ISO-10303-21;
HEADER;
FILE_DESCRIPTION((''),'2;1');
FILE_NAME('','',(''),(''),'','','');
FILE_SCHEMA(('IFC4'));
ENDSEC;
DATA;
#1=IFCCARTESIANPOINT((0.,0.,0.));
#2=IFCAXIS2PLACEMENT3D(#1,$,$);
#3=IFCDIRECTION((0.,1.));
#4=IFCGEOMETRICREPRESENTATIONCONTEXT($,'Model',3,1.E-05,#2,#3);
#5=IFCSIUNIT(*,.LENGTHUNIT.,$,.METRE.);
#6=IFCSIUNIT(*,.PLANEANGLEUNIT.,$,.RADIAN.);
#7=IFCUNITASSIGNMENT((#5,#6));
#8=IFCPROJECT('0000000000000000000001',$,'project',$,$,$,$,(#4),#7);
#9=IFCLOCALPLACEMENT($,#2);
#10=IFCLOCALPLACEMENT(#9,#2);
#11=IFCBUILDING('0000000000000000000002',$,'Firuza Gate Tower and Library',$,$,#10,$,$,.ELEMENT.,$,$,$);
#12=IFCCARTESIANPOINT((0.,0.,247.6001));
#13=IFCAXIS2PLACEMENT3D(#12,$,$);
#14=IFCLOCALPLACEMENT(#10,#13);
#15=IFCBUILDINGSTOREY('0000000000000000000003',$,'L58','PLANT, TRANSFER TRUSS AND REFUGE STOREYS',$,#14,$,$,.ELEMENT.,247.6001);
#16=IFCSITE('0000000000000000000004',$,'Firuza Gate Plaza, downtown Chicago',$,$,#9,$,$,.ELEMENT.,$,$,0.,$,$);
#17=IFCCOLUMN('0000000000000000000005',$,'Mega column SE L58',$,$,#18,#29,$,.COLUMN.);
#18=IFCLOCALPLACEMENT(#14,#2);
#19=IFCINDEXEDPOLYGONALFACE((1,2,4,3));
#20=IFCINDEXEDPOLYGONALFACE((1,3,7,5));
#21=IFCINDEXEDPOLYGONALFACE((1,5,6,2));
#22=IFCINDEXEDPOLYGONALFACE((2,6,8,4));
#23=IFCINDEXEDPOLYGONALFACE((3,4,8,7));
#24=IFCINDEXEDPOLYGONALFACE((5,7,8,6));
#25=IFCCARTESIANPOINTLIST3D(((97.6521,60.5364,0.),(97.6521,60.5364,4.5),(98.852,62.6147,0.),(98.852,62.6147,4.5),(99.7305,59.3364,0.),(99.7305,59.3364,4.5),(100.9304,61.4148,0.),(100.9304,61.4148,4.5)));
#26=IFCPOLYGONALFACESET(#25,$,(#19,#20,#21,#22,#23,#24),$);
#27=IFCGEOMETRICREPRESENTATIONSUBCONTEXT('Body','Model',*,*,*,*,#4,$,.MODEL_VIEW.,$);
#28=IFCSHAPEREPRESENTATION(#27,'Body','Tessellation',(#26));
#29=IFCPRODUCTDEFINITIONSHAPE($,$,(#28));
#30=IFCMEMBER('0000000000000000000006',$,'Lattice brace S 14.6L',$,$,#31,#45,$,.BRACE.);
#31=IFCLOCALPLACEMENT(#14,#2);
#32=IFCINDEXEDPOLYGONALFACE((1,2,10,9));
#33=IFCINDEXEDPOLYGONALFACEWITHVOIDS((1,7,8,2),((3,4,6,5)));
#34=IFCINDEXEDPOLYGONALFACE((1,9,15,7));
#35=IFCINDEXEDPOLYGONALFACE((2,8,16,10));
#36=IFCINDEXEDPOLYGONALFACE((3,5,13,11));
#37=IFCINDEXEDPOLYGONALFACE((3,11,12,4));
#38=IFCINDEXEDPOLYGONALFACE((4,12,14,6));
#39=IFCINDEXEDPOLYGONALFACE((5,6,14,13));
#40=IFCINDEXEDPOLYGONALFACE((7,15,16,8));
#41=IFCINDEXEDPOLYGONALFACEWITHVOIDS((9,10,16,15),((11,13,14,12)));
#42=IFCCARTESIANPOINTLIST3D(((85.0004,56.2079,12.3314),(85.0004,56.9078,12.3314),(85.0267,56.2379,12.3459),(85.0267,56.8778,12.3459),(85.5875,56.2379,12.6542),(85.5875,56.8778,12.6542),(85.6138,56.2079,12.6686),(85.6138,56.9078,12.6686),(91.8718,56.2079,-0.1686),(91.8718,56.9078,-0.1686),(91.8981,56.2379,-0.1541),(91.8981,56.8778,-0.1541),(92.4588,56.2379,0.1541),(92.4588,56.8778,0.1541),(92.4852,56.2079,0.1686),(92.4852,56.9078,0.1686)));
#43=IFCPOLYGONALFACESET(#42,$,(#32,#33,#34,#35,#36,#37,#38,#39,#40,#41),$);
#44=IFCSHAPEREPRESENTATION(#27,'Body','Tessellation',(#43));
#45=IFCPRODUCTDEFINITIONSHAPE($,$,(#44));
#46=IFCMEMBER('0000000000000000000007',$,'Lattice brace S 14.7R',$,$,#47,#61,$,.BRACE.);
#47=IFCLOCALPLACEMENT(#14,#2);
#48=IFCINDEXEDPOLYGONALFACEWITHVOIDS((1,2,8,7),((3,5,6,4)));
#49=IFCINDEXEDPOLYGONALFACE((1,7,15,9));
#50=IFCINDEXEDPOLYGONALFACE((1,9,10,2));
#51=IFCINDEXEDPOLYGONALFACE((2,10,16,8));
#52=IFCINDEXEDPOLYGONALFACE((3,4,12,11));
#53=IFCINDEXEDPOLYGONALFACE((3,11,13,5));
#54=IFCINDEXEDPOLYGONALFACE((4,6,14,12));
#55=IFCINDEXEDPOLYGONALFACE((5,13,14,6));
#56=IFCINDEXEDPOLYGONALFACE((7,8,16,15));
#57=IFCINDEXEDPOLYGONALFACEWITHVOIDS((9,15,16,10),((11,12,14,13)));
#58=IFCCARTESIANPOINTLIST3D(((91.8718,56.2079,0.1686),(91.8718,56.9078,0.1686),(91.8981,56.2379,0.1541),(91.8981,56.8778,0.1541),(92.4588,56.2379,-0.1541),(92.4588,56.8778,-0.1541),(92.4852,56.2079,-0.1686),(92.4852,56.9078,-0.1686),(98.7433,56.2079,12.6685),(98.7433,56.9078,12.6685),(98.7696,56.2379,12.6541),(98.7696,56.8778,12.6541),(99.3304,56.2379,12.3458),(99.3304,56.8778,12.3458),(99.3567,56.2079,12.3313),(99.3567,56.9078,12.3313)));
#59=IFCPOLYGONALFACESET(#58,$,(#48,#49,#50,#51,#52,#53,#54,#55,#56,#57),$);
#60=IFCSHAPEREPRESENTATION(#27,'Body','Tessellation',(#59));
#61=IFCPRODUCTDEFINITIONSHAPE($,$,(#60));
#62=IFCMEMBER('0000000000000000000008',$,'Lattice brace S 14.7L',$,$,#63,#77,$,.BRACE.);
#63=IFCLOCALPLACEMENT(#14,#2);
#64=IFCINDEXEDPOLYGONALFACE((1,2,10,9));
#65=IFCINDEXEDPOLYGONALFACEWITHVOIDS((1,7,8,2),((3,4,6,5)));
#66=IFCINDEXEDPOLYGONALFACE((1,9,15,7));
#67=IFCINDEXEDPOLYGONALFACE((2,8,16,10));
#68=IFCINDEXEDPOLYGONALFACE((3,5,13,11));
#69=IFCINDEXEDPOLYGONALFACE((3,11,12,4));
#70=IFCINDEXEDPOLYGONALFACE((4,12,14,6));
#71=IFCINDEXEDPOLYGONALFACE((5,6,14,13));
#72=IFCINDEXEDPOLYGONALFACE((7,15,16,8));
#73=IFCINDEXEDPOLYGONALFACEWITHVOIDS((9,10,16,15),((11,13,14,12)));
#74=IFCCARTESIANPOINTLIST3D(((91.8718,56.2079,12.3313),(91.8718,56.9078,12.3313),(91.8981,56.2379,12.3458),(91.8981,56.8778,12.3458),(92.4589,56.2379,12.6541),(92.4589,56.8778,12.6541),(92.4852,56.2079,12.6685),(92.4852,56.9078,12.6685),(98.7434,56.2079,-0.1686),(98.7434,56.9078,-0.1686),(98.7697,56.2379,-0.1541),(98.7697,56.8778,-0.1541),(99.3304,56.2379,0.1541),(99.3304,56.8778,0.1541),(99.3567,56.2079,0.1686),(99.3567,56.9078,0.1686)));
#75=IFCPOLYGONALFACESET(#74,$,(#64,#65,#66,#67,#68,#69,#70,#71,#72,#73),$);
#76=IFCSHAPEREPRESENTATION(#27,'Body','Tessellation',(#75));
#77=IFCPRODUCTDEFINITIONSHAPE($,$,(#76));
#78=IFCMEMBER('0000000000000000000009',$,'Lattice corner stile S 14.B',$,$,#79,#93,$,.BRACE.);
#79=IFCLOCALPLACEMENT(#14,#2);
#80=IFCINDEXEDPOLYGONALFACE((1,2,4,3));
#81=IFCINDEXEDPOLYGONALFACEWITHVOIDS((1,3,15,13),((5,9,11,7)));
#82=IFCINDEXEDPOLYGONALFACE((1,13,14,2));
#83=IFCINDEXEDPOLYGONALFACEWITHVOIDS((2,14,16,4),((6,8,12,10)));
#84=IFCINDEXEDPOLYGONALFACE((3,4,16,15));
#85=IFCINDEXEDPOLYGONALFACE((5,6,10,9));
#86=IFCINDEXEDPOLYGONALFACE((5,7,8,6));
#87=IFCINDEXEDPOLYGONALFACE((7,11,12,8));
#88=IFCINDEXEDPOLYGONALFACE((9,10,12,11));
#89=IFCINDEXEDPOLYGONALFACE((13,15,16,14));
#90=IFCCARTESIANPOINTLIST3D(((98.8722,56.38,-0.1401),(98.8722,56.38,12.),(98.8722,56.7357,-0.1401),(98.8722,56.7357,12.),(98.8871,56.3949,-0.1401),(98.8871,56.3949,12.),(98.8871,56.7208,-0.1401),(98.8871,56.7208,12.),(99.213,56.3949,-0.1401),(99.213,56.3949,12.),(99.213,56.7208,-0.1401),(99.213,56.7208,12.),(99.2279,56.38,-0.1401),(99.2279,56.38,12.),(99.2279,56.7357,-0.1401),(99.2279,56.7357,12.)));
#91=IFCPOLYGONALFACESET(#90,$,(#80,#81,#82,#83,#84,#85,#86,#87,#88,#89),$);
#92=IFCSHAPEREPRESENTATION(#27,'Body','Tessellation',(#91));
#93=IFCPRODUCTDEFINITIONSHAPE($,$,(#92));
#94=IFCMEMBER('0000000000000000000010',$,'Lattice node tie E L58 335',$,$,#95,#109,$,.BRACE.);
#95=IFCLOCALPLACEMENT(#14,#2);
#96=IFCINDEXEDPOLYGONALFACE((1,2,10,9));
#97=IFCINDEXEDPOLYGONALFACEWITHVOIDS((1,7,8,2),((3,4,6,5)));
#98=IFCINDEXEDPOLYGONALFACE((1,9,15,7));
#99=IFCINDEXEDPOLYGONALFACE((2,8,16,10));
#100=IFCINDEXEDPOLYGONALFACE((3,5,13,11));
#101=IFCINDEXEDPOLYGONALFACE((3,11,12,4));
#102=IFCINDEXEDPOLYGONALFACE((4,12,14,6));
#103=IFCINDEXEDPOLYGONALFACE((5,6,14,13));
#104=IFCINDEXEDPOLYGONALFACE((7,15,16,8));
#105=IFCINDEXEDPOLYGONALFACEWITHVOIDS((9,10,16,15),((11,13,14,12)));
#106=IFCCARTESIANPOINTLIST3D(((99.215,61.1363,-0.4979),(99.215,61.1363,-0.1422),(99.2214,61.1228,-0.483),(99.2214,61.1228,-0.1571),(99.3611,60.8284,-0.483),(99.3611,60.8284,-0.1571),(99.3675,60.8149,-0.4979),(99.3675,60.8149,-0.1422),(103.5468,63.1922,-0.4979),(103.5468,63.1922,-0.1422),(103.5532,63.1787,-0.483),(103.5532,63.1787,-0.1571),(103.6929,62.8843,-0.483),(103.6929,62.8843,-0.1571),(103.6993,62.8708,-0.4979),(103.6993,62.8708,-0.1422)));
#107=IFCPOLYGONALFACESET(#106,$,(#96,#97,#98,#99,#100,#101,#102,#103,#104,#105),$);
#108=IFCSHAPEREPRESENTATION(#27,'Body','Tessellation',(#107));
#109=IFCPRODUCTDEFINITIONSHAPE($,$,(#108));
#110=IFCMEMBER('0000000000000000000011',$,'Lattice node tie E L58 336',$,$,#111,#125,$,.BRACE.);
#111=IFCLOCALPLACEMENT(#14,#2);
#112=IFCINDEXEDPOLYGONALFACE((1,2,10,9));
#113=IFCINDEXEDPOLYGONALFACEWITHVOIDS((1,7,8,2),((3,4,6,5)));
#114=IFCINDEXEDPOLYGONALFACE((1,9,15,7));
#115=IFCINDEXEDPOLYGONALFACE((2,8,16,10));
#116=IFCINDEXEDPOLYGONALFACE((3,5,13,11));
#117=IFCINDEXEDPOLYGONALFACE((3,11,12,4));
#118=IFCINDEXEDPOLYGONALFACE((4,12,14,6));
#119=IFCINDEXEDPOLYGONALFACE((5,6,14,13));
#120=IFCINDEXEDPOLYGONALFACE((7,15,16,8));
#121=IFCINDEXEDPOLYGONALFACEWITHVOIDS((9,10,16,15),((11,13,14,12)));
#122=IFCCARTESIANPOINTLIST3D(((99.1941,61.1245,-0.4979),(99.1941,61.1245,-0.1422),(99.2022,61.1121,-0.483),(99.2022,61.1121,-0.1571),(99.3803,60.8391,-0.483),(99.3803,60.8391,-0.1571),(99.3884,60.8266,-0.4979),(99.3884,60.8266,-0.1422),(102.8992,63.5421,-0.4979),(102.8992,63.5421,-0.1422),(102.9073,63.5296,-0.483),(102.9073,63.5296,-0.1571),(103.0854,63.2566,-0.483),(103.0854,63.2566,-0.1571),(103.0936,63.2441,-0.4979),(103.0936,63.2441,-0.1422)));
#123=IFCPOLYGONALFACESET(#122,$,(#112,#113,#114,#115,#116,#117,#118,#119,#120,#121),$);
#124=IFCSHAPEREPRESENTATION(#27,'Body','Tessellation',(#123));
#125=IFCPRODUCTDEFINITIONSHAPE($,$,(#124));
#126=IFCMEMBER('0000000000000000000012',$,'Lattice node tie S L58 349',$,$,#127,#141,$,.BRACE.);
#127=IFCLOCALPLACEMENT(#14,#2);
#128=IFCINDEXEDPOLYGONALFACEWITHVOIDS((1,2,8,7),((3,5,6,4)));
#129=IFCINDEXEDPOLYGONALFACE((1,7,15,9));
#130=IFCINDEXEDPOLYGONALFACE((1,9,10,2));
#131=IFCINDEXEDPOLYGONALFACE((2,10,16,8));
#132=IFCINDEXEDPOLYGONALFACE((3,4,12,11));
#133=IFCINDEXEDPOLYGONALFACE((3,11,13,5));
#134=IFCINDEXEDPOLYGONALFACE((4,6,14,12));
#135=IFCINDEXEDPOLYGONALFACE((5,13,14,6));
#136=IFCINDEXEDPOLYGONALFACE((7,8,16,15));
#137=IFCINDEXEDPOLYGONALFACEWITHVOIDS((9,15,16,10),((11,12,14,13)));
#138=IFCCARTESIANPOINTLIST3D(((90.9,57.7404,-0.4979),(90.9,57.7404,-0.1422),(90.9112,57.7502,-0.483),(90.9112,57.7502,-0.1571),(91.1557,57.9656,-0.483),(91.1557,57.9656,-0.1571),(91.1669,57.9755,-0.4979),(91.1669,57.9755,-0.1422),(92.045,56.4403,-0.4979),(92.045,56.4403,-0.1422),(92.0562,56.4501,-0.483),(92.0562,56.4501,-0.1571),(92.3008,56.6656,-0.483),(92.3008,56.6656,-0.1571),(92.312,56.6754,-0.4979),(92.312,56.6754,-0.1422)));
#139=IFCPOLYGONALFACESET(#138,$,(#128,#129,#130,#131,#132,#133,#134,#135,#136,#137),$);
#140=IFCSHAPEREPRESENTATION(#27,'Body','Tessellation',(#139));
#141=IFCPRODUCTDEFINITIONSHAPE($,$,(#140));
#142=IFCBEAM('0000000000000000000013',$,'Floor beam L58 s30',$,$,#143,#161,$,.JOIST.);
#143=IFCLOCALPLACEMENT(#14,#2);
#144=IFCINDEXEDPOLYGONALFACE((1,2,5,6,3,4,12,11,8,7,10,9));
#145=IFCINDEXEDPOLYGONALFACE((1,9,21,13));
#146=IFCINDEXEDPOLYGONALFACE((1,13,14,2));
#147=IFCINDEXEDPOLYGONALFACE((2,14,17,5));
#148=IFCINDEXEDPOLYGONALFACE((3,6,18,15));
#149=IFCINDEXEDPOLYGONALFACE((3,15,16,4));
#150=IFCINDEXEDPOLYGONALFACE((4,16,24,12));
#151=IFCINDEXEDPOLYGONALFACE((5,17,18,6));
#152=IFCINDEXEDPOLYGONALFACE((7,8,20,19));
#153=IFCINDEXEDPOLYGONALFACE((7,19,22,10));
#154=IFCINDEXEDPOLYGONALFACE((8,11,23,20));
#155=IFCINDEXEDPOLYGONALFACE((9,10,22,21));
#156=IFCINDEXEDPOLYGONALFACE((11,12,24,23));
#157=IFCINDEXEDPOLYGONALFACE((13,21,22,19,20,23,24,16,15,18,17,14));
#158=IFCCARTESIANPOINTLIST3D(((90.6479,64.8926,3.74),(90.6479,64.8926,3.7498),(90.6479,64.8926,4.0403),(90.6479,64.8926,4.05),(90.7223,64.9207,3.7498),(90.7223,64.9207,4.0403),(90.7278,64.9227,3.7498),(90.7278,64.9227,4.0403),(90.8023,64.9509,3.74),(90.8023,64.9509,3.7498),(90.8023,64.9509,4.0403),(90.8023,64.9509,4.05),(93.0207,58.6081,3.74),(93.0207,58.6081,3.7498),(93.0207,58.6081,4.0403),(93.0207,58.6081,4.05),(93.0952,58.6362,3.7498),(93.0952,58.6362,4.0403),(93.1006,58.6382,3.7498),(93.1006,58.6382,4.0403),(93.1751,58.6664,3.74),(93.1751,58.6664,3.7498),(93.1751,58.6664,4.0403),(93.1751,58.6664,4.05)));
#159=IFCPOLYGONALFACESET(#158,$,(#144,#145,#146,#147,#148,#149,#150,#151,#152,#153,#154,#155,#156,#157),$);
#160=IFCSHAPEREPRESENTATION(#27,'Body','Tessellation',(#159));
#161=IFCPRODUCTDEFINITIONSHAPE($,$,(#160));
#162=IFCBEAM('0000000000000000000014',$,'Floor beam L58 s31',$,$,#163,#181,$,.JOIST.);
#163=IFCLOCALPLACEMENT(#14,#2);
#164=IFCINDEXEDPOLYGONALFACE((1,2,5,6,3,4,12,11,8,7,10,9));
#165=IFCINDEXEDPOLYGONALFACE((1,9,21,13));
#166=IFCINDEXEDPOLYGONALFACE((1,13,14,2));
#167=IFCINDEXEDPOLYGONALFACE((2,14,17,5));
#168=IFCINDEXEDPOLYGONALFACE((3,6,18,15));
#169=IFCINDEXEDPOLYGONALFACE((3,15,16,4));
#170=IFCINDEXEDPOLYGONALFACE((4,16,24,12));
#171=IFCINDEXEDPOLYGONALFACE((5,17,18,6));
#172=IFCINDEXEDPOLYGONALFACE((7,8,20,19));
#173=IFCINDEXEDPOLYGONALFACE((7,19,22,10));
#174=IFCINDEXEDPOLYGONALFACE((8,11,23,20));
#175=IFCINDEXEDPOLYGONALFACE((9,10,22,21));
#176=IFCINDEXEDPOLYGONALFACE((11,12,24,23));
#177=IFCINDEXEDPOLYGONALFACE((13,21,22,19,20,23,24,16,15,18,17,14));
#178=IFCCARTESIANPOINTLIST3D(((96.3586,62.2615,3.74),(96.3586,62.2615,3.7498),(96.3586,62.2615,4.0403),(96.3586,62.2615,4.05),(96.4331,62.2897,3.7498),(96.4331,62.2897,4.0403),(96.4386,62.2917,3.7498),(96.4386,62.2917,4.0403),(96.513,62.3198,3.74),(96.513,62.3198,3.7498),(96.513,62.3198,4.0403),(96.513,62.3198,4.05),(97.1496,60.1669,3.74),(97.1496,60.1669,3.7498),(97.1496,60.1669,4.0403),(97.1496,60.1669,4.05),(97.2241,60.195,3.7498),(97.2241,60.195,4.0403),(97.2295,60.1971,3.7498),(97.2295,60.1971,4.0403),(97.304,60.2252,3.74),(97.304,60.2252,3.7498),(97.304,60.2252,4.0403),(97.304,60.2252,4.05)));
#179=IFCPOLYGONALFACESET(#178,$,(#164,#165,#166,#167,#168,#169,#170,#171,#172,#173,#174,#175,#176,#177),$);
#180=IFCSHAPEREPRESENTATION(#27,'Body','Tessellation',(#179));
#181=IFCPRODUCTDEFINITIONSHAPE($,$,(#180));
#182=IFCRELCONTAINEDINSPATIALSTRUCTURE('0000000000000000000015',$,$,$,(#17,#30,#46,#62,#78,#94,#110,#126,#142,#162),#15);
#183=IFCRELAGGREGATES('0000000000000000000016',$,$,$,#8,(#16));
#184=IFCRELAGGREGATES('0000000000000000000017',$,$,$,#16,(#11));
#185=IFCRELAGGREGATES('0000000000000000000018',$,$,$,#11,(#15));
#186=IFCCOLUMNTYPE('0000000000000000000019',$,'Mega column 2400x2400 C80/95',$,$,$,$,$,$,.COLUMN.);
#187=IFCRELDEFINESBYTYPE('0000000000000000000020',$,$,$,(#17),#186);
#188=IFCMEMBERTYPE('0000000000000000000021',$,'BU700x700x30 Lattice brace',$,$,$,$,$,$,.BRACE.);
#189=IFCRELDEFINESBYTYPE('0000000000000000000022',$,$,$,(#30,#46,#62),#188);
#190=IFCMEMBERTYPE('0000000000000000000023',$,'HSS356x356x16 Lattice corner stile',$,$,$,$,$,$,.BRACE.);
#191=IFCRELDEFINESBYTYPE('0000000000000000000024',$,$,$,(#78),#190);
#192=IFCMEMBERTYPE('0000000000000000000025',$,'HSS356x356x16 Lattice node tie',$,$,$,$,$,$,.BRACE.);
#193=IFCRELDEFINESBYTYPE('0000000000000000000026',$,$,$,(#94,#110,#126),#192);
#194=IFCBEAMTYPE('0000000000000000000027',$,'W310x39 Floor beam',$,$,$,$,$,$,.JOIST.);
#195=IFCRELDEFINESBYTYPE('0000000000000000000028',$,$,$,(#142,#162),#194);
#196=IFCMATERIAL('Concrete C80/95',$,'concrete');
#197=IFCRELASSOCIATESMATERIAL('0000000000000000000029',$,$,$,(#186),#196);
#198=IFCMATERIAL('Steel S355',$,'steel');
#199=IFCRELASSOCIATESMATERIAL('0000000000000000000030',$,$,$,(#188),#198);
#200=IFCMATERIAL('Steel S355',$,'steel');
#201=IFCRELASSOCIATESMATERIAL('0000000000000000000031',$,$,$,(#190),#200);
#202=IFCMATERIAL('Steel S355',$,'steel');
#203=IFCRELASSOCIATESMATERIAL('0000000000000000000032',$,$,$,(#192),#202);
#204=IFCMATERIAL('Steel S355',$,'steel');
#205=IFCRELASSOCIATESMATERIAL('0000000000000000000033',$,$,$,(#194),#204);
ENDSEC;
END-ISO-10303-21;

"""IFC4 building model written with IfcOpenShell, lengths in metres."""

from ifc_helpers import new_model, si_unit, direction, frame, origin, origin_2d, place, context, subcontext, project, spatial, rectangle, hollow_rectangle, i_section, extrude, material, material_profile, profile_set, type_object, element, save


model = new_model("IFC4")

# Units and contexts
model_context = context("Model", 3, precision=1e-05, world=origin(), true_north=direction((0.0, 1.0)))
body_context = subcontext(model_context, "Body", "Model", "MODEL_VIEW")
ifc_project = project(units=[si_unit("LENGTHUNIT", "METRE"), si_unit("PLANEANGLEUNIT", "RADIAN")], contexts=[model_context])

# Site, building, storey
site_placement = place(None, origin())
site = spatial("IfcSite", under=ifc_project, at=site_placement, Name="Firuza Gate Plaza, downtown Chicago", CompositionType="ELEMENT", RefElevation=0.0)
building_placement = place(site_placement, origin())
building = spatial("IfcBuilding", under=site, at=building_placement, Name="Firuza Gate Tower and Library", CompositionType="ELEMENT")
storey_placement = place(building_placement, frame((0.0, 0.0, 247.6001)))
storey = spatial("IfcBuildingStorey", under=building, at=storey_placement, Name="L58", Description="PLANT, TRANSFER TRUSS AND REFUGE STOREYS", CompositionType="ELEMENT", Elevation=247.6001)

# Column
ifc_material_1 = material(Name="Concrete C80/95", Category="concrete")
ifc_material_profile_1 = material_profile(ifc_material_1, rectangle(XDim=2.3999, YDim=2.3999, at=origin_2d()))
ifc_profile_set_1 = profile_set([ifc_material_profile_1], Name="Concrete C80/95")
column_type = type_object("IfcColumnType", Name="Mega column 2400x2400 C80/95", PredefinedType="COLUMN", material=ifc_profile_set_1)
column_placement = place(storey_placement, frame((99.2913, 60.9756, 0.0), z_axis=(0.0, 0.0, 1.0), x_axis=(0.5, 0.866025, 0.0)))
element("IfcColumn", 1, at=column_placement, inside=storey, type_object=column_type, Name="Mega column SE L58", PredefinedType="COLUMN", context=body_context, shape_type="SweptSolid", body=[
    extrude(rectangle(XDim=2.3999, YDim=2.3999, at=origin_2d()), origin(), (0.0, 0.0, 1.0), 4.5),
])

# Members
ifc_material_2 = material(Name="Steel S355", Category="steel")
ifc_material_profile_2 = material_profile(ifc_material_2, hollow_rectangle(XDim=0.7, YDim=0.7, WallThickness=0.03, at=origin_2d()))
ifc_profile_set_2 = profile_set([ifc_material_profile_2], Name="Steel S355")
member_type_1 = type_object("IfcMemberType", Name="BU700x700x30 Lattice brace", PredefinedType="BRACE", material=ifc_profile_set_2)
for number, where, z_axis, x_axis, name in (
    (2, (92.1785, 56.5579, 0.0), (-0.481722, 0.0, 0.876324), (0.0, -1.0, 0.0), "Lattice brace S 14.6L"),
    (3, (92.1785, 56.5579, 0.0), (0.481735, 0.0, 0.876317), (0.0, 1.0, 0.0), "Lattice brace S 14.7R"),
    (4, (99.05, 56.5579, 0.0), (-0.481735, 0.0, 0.876317), (0.0, -1.0, 0.0), "Lattice brace S 14.7L"),
):
    element("IfcMember", number, at=place(storey_placement, frame(where, z_axis=z_axis, x_axis=x_axis)), inside=storey, type_object=member_type_1, Name=name, PredefinedType="BRACE", context=body_context, shape_type="SweptSolid", body=[
        extrude(hollow_rectangle(XDim=0.7, YDim=0.7, WallThickness=0.03, at=origin_2d()), origin(), (0.0, 0.0, 1.0), 14.2642),
    ])
ifc_material_3 = material(Name="Steel S355", Category="steel")
ifc_material_profile_3 = material_profile(ifc_material_3, hollow_rectangle(XDim=0.3557, YDim=0.3557, WallThickness=0.0149, at=origin_2d()))
ifc_profile_set_3 = profile_set([ifc_material_profile_3], Name="Steel S355")
member_type_2 = type_object("IfcMemberType", Name="HSS356x356x16 Lattice corner stile", PredefinedType="BRACE", material=ifc_profile_set_3)
member_1_placement = place(storey_placement, frame((99.05, 56.5579, -0.1401), z_axis=(0.0, 0.0, 1.0), x_axis=(1.0, 0.0, 0.0)))
element("IfcMember", 5, at=member_1_placement, inside=storey, type_object=member_type_2, Name="Lattice corner stile S 14.B", PredefinedType="BRACE", context=body_context, shape_type="SweptSolid", body=[
    extrude(hollow_rectangle(XDim=0.3557, YDim=0.3557, WallThickness=0.0149, at=origin_2d()), origin(), (0.0, 0.0, 1.0), 12.1401),
])
ifc_material_4 = material(Name="Steel S355", Category="steel")
ifc_material_profile_4 = material_profile(ifc_material_4, hollow_rectangle(XDim=0.3557, YDim=0.3557, WallThickness=0.0149, at=origin_2d()))
ifc_profile_set_4 = profile_set([ifc_material_profile_4], Name="Steel S355")
member_type_3 = type_object("IfcMemberType", Name="HSS356x356x16 Lattice node tie", PredefinedType="BRACE", material=ifc_profile_set_4)
member_2_placement = place(storey_placement, frame((99.2913, 60.9756, -0.3201), z_axis=(0.903414, 0.428769, 0.0), x_axis=(-0.428769, 0.903414, 0.0)))
element("IfcMember", 6, at=member_2_placement, inside=storey, type_object=member_type_3, Name="Lattice node tie E L58 335", PredefinedType="BRACE", context=body_context, shape_type="SweptSolid", body=[
    extrude(hollow_rectangle(XDim=0.3557, YDim=0.3557, WallThickness=0.0149, at=origin_2d()), origin(), (0.0, 0.0, 1.0), 4.7949),
])
member_3_placement = place(storey_placement, frame((99.2913, 60.9756, -0.3201), z_axis=(0.837494, 0.546446, 0.0), x_axis=(-0.546446, 0.837494, 0.0)))
element("IfcMember", 7, at=member_3_placement, inside=storey, type_object=member_type_3, Name="Lattice node tie E L58 336", PredefinedType="BRACE", context=body_context, shape_type="SweptSolid", body=[
    extrude(hollow_rectangle(XDim=0.3557, YDim=0.3557, WallThickness=0.0149, at=origin_2d()), origin(), (0.0, 0.0, 1.0), 4.4241),
])
member_4_placement = place(storey_placement, frame((91.0334, 57.8579, -0.3201), z_axis=(0.660946, -0.750434, 0.0), x_axis=(0.750434, 0.660946, 0.0)))
element("IfcMember", 8, at=member_4_placement, inside=storey, type_object=member_type_3, Name="Lattice node tie S L58 349", PredefinedType="BRACE", context=body_context, shape_type="SweptSolid", body=[
    extrude(hollow_rectangle(XDim=0.3557, YDim=0.3557, WallThickness=0.0149, at=origin_2d()), origin(), (0.0, 0.0, 1.0), 1.7324),
])

# Beams
ifc_material_5 = material(Name="Steel S355", Category="steel")
ifc_material_profile_5 = material_profile(ifc_material_5, i_section(OverallWidth=0.165, OverallDepth=0.3101, WebThickness=0.0059, FlangeThickness=0.0098, at=origin_2d()))
ifc_profile_set_5 = profile_set([ifc_material_profile_5], Name="Steel S355")
beam_type_1 = type_object("IfcBeamType", Name="W310x39 Floor beam", PredefinedType="JOIST", material=ifc_profile_set_5)
beam_1_placement = place(storey_placement, frame((93.0979, 58.6372, 3.895), z_axis=(-0.35323, 0.935537, 0.0), x_axis=(-0.935537, -0.35323, 0.0)))
element("IfcBeam", 9, at=beam_1_placement, inside=storey, type_object=beam_type_1, Name="Floor beam L58 s30", PredefinedType="JOIST", context=body_context, shape_type="SweptSolid", body=[
    extrude(i_section(OverallWidth=0.165, OverallDepth=0.3101, WebThickness=0.0059, FlangeThickness=0.0098, at=origin_2d()), origin(), (0.0, 0.0, 1.0), 6.7175),
])
beam_2_placement = place(storey_placement, frame((97.2268, 60.196, 3.895), z_axis=(-0.353273, 0.93552, 0.0), x_axis=(-0.93552, -0.353273, 0.0)))
element("IfcBeam", 10, at=beam_2_placement, inside=storey, type_object=beam_type_1, Name="Floor beam L58 s31", PredefinedType="JOIST", context=body_context, shape_type="SweptSolid", body=[
    extrude(i_section(OverallWidth=0.165, OverallDepth=0.3101, WebThickness=0.0059, FlangeThickness=0.0098, at=origin_2d()), origin(), (0.0, 0.0, 1.0), 2.239),
])

save(model, "model.ifc")
